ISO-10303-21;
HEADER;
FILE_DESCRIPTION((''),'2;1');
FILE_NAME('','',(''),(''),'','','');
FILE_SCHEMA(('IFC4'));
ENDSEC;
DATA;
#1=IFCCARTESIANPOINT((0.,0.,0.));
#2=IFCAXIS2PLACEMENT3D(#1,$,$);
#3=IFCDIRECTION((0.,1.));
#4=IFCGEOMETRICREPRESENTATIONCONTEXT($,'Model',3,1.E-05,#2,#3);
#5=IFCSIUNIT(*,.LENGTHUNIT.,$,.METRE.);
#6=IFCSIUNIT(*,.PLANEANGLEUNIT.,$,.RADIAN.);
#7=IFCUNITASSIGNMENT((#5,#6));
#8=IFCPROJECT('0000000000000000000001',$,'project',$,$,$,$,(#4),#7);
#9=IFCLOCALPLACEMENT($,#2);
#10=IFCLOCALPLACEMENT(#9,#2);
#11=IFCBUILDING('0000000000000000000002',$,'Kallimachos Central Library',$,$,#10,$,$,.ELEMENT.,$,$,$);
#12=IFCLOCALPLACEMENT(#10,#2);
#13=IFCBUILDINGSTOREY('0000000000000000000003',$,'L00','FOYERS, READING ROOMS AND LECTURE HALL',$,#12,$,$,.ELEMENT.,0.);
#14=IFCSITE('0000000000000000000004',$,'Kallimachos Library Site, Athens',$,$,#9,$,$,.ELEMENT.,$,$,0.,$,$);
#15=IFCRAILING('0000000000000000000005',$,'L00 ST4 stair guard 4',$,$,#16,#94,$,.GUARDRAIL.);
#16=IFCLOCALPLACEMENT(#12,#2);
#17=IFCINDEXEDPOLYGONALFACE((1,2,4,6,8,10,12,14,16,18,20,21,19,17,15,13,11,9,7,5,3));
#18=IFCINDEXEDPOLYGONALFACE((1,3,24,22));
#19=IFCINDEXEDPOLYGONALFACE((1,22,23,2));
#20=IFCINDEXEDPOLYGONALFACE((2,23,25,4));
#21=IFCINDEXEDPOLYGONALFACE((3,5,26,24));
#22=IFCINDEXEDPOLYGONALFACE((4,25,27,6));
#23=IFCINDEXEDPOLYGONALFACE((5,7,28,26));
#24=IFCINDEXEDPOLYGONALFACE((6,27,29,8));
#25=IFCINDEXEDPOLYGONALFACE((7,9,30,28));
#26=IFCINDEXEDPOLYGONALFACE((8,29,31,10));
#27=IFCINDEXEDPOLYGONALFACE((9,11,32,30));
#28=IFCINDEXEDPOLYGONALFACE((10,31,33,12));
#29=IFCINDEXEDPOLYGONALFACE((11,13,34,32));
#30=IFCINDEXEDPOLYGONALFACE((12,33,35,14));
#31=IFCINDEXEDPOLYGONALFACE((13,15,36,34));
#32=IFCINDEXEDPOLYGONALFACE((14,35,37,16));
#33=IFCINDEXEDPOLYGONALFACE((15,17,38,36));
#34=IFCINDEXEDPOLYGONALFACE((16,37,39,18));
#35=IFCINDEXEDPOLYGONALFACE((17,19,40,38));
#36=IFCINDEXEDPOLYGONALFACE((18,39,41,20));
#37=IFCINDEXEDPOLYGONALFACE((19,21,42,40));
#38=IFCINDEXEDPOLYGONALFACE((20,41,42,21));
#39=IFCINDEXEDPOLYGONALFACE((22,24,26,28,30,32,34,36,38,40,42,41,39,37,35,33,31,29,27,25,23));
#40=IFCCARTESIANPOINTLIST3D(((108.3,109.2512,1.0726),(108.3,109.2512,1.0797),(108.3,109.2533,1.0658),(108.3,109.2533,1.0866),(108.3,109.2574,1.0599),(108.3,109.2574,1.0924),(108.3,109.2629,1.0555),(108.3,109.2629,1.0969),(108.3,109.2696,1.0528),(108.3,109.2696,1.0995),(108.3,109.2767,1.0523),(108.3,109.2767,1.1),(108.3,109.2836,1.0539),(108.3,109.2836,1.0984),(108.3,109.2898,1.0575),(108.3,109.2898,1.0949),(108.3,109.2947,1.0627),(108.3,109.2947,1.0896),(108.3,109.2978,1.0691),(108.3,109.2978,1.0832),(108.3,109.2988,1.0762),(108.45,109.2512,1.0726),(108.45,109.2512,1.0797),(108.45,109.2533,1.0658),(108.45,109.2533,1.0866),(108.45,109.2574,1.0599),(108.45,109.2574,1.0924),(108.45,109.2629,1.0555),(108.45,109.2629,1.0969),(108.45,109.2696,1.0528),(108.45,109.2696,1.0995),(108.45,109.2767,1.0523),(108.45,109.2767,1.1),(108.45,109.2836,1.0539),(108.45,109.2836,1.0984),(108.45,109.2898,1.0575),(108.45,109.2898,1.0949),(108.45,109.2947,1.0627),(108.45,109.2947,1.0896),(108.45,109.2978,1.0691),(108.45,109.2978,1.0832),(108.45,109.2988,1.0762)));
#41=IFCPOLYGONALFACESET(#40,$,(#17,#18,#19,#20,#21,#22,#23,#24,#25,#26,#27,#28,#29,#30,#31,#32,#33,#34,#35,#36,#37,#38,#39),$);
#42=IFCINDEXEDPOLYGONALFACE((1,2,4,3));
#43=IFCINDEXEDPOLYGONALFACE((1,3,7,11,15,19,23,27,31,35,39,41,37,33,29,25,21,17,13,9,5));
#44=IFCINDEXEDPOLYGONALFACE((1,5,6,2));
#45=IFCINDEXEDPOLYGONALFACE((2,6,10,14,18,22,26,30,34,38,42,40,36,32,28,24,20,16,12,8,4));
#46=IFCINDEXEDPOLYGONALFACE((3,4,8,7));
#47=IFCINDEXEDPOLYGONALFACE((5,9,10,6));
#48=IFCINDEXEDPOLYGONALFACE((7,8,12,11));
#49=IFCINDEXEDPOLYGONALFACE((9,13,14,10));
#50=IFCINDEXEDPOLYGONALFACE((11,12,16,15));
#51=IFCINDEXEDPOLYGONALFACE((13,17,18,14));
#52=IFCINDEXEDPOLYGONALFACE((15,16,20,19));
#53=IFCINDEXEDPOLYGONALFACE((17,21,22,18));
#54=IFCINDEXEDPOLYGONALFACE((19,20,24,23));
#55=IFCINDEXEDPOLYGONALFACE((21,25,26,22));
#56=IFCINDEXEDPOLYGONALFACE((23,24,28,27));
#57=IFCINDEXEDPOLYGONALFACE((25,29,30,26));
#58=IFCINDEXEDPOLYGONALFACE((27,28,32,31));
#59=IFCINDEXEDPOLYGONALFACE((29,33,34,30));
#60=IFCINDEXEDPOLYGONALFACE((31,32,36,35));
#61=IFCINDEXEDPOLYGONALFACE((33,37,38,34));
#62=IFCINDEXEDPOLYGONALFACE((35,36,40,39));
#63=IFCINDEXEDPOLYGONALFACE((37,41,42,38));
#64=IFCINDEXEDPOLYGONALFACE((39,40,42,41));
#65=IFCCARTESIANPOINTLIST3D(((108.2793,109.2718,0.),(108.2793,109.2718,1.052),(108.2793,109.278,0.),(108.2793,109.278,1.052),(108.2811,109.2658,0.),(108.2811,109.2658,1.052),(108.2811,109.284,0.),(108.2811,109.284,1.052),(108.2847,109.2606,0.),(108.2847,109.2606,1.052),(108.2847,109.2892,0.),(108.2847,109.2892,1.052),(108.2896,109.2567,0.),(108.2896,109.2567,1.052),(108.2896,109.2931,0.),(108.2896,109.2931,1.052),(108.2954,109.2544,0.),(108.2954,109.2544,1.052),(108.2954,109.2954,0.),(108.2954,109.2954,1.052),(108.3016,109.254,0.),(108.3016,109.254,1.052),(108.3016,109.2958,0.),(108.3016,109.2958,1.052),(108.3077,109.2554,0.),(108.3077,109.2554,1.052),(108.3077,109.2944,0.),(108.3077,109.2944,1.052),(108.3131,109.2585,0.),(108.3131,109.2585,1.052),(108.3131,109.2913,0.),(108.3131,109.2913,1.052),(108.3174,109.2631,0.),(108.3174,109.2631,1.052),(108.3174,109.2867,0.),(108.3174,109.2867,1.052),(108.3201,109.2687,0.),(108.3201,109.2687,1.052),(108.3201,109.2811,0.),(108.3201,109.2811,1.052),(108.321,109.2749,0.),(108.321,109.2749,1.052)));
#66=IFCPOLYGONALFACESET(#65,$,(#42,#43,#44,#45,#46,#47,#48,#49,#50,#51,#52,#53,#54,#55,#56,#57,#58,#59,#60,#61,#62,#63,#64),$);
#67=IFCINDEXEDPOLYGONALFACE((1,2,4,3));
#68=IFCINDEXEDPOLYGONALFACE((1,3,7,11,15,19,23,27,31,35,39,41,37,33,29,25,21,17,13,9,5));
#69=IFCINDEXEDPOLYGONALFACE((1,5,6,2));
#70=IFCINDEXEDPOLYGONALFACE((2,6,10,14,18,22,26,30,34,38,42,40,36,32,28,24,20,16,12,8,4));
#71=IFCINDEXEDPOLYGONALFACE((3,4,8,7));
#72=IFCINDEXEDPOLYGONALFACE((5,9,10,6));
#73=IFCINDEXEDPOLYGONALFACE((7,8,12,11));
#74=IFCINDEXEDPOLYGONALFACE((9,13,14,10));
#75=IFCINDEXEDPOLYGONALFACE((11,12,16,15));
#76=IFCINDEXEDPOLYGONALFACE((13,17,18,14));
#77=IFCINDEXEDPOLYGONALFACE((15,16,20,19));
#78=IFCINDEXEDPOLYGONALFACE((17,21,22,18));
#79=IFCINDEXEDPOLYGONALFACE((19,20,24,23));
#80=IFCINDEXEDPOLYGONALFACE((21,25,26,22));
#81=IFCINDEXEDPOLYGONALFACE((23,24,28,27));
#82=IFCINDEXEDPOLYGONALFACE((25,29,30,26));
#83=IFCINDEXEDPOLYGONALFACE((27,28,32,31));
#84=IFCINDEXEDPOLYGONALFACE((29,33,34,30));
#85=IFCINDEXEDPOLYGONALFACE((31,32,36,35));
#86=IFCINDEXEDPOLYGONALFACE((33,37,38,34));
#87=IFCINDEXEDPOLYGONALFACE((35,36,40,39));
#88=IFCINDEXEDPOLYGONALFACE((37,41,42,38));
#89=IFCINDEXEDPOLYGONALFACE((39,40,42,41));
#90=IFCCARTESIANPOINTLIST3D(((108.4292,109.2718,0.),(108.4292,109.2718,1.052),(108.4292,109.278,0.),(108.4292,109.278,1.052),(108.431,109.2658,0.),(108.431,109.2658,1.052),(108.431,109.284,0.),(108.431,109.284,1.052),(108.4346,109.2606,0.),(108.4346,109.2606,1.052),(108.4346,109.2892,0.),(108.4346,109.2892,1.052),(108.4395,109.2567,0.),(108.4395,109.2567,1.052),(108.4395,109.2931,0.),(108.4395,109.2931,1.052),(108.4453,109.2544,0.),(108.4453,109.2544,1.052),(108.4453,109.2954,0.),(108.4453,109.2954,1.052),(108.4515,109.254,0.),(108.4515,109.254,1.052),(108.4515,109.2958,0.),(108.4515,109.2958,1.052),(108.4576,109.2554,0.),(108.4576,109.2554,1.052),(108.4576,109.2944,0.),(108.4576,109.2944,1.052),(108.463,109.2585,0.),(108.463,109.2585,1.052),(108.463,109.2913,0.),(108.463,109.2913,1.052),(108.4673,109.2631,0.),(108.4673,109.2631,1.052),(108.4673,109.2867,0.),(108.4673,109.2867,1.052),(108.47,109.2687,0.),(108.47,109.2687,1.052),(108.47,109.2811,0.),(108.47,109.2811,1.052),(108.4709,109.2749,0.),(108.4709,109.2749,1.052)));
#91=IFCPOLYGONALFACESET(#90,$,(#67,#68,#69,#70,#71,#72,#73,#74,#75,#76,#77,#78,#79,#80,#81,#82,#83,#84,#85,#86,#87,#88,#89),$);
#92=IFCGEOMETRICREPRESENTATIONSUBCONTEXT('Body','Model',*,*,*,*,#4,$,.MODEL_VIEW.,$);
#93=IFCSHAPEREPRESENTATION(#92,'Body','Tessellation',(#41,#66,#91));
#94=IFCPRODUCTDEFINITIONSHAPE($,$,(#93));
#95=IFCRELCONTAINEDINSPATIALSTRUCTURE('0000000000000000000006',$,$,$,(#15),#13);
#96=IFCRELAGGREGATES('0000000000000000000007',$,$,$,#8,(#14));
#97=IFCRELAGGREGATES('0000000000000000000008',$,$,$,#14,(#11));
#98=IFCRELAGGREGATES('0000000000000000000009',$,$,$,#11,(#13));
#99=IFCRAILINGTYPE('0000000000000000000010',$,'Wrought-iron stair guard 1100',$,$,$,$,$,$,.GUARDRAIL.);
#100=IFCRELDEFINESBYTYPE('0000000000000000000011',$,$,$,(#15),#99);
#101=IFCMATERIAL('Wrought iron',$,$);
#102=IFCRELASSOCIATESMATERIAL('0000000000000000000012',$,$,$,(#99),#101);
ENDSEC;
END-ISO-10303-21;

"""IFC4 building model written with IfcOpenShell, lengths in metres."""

from ifc_helpers import new_model, si_unit, direction, frame, origin, origin_2d, place, context, subcontext, project, spatial, circle, extrude, material, type_object, element, save


model = new_model("IFC4")

# Units and contexts
model_context = context("Model", 3, precision=1e-05, world=origin(), true_north=direction((0.0, 1.0)))
body_context = subcontext(model_context, "Body", "Model", "MODEL_VIEW")
ifc_project = project(units=[si_unit("LENGTHUNIT", "METRE"), si_unit("PLANEANGLEUNIT", "RADIAN")], contexts=[model_context])

# Site, building, storey
site_placement = place(None, origin())
site = spatial("IfcSite", under=ifc_project, at=site_placement, Name="Kallimachos Library Site, Athens", CompositionType="ELEMENT", RefElevation=0.0)
building_placement = place(site_placement, origin())
building = spatial("IfcBuilding", under=site, at=building_placement, Name="Kallimachos Central Library", CompositionType="ELEMENT")
storey_placement = place(building_placement, origin())
storey = spatial("IfcBuildingStorey", under=building, at=storey_placement, Name="L00", Description="FOYERS, READING ROOMS AND LECTURE HALL", CompositionType="ELEMENT", Elevation=0.0)

# Railing
ifc_material_1 = material(Name="Wrought iron")
railing_type_1 = type_object("IfcRailingType", Name="Wrought-iron stair guard 1100", PredefinedType="GUARDRAIL", material=ifc_material_1)
railing_1_placement = place(storey_placement, frame((108.3, 109.2749, 0.0)))
element("IfcRailing", 1, at=railing_1_placement, inside=storey, type_object=railing_type_1, Name="L00 ST4 stair guard 4", PredefinedType="GUARDRAIL", context=body_context, shape_type="SweptSolid", body=[
    extrude(circle(Radius=0.0239, at=origin_2d()), frame((0.0, 0.0, 1.0762), z_axis=(1.0, 0.0, 0.0), x_axis=(0.0, 1.0, 0.0)), (0.0, 0.0, 1.0), 0.1499),
    extrude(circle(Radius=0.021, at=origin_2d()), origin(), (0.0, 0.0, 1.0), 1.052),
    extrude(circle(Radius=0.021, at=origin_2d()), frame((0.1499, 0.0, 0.0)), (0.0, 0.0, 1.0), 1.052),
])

save(model, "model.ifc")
